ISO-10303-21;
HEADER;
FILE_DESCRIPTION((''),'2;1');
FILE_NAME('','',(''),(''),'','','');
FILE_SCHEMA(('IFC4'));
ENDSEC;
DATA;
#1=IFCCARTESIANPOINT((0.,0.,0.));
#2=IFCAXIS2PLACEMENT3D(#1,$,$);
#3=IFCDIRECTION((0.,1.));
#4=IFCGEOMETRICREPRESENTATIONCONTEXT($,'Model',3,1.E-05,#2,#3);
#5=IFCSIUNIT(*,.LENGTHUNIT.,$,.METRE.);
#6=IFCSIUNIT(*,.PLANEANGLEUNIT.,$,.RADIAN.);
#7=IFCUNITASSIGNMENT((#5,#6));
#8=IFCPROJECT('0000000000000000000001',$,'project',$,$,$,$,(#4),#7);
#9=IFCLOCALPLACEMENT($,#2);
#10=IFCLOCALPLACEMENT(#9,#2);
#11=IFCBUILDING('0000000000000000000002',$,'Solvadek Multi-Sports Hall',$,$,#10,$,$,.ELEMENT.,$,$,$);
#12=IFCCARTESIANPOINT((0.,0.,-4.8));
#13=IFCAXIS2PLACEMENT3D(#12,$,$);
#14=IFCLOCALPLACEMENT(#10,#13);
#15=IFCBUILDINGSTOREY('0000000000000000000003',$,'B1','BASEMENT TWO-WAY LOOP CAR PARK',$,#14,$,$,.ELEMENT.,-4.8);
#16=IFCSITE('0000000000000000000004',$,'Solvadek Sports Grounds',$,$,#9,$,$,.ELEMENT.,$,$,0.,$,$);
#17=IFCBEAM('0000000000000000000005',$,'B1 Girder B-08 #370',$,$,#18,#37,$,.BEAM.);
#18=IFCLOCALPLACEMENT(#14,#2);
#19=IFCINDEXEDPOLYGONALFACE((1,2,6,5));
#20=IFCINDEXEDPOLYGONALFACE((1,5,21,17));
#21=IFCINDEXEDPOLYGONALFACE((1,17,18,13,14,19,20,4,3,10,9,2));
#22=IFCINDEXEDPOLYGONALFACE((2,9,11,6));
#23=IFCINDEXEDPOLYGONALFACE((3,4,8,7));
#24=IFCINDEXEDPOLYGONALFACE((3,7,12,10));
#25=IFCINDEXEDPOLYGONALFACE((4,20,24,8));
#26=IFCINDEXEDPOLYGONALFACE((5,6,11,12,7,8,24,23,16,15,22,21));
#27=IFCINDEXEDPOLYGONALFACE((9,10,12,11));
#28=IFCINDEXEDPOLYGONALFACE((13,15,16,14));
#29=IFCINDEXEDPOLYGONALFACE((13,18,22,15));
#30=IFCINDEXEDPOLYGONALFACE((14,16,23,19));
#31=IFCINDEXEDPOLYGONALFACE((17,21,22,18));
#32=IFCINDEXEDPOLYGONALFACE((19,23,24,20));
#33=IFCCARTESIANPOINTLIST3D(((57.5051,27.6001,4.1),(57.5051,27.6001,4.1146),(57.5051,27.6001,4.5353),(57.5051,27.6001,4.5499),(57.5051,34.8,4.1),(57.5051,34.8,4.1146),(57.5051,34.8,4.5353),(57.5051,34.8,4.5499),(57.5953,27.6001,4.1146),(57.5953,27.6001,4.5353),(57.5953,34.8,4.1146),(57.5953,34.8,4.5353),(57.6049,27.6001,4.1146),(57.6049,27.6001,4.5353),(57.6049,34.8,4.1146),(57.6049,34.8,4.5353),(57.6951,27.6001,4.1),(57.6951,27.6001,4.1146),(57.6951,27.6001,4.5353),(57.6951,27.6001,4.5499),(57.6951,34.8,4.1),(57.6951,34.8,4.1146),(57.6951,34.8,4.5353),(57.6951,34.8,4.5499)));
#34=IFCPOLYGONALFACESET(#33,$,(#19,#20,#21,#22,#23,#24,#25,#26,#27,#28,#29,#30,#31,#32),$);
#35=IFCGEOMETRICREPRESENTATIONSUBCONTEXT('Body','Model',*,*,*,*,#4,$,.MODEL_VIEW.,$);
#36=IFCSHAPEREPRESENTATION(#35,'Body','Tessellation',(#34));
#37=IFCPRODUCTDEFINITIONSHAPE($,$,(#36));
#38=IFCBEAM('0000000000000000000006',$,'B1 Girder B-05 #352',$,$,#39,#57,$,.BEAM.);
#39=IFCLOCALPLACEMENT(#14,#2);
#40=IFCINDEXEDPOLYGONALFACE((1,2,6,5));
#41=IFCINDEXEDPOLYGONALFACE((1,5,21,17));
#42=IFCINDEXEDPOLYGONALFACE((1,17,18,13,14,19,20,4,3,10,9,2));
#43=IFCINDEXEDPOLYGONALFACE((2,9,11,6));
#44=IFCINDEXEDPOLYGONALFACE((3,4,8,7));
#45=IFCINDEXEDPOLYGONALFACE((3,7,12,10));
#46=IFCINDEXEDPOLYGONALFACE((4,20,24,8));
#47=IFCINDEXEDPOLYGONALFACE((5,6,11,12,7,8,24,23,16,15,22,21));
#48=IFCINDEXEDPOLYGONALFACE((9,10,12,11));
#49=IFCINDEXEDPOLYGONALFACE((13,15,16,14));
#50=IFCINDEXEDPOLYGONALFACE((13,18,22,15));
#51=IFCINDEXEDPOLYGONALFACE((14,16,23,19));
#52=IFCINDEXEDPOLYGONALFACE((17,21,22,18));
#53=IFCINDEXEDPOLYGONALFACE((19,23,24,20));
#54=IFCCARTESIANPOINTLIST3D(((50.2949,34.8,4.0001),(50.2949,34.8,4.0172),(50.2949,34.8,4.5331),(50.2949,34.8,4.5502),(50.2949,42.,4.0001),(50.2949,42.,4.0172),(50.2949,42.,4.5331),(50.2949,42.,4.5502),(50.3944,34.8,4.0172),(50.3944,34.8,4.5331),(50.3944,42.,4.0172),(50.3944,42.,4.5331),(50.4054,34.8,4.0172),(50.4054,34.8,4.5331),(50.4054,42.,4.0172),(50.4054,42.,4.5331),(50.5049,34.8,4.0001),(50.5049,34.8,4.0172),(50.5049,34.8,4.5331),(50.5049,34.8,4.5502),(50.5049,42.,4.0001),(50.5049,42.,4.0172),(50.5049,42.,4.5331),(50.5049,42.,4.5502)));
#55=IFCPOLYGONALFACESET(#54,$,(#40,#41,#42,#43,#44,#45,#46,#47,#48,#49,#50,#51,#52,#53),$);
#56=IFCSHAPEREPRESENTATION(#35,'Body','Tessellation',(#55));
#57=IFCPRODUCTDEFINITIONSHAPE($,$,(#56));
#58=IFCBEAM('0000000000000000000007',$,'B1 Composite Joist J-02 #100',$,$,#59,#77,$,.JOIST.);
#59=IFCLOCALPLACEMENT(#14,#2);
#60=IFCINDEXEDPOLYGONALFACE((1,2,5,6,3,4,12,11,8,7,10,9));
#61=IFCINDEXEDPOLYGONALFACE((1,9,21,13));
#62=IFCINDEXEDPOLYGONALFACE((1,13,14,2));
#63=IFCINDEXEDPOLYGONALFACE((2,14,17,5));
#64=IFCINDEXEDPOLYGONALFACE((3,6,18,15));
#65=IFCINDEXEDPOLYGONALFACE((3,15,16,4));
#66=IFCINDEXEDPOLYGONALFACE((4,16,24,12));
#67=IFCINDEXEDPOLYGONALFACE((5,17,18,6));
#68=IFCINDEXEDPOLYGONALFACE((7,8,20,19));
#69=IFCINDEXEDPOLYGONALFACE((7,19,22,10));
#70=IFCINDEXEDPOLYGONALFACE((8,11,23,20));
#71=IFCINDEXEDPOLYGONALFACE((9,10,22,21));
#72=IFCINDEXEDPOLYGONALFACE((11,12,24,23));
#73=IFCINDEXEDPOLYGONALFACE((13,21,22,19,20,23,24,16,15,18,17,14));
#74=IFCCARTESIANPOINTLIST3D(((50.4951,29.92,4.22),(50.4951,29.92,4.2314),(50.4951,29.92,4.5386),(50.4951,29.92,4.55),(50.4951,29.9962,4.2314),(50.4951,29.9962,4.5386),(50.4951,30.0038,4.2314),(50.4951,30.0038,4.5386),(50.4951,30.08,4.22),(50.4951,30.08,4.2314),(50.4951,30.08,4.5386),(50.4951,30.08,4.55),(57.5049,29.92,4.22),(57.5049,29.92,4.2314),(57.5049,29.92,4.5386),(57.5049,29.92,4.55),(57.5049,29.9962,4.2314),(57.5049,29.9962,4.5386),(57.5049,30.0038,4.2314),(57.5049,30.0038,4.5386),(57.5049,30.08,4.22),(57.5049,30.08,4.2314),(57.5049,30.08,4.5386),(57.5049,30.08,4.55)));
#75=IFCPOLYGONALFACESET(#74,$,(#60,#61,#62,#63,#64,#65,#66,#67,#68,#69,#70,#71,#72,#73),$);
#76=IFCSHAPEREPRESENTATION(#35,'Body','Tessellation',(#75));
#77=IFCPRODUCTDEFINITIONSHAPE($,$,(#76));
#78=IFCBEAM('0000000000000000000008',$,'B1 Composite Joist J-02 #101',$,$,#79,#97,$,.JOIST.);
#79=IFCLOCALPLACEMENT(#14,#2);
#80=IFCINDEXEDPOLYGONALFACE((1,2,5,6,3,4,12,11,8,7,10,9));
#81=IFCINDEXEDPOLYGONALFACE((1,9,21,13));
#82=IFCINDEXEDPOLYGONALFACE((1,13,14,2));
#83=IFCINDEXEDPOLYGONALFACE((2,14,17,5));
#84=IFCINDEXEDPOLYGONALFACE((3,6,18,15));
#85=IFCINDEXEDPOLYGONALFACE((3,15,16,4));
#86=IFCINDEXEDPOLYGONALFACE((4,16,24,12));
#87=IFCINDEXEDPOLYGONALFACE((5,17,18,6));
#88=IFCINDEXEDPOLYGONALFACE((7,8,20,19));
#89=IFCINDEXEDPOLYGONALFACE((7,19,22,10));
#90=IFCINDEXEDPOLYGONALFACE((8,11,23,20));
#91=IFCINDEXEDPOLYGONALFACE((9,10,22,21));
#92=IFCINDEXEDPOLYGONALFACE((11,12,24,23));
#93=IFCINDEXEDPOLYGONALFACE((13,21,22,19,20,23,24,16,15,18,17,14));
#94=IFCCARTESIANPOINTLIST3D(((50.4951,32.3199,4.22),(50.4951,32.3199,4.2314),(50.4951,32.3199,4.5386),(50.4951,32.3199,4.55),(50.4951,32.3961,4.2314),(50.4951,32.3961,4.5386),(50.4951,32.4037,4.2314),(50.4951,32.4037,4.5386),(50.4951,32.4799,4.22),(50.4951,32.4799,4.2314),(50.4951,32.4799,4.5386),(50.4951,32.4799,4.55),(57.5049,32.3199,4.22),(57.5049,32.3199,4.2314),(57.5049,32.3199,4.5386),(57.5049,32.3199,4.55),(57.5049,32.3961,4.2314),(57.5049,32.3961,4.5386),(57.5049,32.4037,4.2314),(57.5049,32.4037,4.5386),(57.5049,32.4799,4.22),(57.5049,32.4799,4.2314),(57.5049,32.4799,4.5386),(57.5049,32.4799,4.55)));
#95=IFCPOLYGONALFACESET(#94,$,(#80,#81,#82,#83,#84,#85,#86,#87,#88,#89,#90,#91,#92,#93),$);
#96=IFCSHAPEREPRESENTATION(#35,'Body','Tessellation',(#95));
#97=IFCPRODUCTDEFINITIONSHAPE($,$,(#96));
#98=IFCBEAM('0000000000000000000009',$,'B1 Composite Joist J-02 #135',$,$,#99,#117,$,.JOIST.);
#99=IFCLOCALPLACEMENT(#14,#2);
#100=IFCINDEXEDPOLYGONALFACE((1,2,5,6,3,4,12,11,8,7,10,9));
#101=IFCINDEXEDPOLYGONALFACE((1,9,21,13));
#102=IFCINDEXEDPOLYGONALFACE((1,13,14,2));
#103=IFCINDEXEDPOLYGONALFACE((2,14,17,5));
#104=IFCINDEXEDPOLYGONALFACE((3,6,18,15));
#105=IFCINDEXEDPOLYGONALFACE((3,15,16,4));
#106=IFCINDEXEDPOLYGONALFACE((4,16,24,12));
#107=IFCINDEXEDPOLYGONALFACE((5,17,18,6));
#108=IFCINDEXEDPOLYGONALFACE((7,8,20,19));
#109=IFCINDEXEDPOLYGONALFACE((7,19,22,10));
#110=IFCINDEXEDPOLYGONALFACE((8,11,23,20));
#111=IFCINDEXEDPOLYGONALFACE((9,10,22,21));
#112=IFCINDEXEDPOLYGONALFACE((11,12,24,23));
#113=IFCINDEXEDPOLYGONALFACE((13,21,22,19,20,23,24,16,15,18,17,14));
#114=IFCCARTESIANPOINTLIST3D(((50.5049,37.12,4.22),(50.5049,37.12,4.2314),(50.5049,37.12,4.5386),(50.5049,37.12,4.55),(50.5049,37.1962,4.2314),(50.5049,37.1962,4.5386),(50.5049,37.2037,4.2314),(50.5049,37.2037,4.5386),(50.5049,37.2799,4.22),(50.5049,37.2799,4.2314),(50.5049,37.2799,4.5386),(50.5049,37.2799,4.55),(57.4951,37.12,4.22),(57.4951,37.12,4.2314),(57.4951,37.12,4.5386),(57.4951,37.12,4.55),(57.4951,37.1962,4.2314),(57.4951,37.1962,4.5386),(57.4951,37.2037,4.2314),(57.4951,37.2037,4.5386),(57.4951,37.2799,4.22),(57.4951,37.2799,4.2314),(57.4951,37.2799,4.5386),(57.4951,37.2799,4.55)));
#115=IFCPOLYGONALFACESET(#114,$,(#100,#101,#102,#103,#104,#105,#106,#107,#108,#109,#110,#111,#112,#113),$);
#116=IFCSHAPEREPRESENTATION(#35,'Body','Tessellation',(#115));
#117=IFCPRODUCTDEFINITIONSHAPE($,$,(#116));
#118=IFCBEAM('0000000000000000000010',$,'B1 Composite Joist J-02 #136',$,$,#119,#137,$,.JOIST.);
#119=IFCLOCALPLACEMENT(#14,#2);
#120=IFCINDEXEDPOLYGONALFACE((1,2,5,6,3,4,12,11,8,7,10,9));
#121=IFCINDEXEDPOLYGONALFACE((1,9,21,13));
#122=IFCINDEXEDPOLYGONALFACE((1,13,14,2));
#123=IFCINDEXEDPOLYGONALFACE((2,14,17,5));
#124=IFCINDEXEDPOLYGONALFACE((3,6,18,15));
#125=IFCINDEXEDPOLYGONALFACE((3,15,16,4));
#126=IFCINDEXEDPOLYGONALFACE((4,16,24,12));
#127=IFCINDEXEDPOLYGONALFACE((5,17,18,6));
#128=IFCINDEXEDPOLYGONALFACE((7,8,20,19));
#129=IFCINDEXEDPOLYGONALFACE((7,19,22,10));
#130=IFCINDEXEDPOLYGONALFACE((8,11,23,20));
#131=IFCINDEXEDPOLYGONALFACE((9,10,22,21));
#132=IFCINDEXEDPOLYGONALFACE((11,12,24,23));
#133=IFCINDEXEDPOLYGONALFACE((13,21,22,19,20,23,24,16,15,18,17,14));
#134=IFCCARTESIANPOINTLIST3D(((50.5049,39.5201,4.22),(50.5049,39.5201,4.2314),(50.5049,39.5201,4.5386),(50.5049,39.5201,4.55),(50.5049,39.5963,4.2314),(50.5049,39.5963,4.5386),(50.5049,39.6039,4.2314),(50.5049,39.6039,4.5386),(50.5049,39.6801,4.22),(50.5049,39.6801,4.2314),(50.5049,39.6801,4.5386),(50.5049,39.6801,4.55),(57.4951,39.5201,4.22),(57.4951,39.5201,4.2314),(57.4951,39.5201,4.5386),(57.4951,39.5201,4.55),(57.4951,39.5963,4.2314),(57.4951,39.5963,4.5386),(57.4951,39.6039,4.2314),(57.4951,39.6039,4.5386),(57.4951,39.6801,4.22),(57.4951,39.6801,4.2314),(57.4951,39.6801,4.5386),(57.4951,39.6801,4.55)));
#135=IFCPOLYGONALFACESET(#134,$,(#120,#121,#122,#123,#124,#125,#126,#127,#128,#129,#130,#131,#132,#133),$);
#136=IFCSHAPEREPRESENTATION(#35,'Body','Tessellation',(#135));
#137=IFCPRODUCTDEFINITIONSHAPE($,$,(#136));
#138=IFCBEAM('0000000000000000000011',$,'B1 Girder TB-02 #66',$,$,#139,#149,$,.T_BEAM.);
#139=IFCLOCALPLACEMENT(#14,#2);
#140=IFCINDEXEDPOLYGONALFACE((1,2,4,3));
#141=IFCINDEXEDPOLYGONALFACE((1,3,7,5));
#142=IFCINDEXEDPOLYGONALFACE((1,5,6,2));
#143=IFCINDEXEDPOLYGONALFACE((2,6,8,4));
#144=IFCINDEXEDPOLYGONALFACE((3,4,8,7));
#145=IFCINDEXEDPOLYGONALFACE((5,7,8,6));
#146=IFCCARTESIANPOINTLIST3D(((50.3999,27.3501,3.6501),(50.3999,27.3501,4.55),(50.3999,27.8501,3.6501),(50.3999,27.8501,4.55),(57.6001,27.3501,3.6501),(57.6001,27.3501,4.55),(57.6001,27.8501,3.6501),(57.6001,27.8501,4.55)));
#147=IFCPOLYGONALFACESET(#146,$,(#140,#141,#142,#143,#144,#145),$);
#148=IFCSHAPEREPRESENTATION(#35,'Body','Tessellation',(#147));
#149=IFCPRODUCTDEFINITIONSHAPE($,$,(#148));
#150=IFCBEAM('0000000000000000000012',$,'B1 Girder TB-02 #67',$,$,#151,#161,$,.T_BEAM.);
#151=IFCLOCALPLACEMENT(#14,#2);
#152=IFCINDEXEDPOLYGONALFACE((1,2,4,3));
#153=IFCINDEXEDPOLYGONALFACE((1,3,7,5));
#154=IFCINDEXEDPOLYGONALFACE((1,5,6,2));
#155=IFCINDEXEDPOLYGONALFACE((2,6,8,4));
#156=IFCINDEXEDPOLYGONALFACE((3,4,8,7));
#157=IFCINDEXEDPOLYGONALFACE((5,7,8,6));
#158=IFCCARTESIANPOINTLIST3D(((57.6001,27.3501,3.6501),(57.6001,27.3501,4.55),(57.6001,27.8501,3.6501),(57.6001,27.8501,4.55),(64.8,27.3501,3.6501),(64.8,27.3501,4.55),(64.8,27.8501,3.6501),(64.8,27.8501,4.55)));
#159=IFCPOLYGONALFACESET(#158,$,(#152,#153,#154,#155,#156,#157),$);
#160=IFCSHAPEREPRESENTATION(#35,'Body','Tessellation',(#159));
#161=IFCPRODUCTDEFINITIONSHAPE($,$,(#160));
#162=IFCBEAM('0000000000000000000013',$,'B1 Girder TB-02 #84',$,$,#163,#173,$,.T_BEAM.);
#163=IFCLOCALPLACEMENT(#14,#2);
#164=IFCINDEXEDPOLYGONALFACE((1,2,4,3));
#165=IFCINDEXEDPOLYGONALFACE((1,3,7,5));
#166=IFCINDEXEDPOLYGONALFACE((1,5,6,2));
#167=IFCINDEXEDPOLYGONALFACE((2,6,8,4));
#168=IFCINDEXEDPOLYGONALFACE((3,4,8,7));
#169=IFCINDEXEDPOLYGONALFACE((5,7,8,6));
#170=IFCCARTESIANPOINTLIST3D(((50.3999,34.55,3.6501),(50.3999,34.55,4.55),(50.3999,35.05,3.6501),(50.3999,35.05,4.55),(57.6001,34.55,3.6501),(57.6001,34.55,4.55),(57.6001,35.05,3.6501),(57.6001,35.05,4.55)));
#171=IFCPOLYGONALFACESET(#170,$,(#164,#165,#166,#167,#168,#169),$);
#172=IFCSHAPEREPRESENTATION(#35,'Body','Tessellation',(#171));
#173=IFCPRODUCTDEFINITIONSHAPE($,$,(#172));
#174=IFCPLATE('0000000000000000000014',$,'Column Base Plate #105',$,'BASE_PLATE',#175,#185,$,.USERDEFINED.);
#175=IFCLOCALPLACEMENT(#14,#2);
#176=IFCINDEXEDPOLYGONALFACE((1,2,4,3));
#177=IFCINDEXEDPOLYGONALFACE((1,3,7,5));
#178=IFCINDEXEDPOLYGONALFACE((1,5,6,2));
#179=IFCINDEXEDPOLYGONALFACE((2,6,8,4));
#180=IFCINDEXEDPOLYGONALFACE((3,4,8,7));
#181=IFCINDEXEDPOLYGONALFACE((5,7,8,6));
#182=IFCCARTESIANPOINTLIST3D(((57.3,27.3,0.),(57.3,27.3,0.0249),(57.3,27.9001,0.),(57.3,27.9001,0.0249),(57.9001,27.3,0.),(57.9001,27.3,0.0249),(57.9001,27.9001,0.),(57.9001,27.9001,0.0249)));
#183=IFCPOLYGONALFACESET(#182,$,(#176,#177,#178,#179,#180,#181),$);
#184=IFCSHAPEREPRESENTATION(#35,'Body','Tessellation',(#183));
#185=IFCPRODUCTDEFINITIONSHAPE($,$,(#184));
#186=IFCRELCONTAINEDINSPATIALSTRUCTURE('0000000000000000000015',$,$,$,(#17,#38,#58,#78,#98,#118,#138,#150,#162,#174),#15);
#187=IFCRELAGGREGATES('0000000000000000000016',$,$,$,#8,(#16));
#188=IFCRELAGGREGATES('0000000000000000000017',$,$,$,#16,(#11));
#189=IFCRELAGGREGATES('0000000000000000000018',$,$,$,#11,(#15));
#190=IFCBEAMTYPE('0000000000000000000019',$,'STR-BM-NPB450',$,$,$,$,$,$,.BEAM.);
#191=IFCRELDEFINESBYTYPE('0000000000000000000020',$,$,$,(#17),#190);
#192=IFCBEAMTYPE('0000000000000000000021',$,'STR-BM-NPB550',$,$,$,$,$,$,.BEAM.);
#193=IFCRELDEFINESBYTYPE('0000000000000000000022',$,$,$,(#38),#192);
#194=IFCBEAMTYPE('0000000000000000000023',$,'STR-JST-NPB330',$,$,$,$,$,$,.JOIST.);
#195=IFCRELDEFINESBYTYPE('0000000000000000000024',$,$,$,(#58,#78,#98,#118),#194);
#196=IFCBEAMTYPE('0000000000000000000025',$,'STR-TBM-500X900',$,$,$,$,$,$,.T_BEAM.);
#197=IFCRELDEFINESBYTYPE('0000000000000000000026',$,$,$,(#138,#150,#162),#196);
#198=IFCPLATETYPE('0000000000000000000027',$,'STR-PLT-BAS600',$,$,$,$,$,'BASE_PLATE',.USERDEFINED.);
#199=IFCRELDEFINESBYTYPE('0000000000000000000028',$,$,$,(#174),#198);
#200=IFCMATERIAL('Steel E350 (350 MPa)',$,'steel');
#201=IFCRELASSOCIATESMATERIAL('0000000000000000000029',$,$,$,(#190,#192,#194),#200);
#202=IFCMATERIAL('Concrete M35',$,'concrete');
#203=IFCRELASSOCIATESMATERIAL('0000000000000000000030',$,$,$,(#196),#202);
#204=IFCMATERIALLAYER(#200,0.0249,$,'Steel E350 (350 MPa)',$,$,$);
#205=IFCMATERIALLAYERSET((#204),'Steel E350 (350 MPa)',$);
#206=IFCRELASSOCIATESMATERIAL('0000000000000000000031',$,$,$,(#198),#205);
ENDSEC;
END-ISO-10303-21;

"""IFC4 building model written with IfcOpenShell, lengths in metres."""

from ifc_helpers import new_model, si_unit, direction, frame, origin, origin_2d, place, context, subcontext, project, spatial, rectangle, i_section, extrude, material, layer, layer_set, material_profile, profile_set, type_object, element, save


model = new_model("IFC4")

# Units and contexts
model_context = context("Model", 3, precision=1e-05, world=origin(), true_north=direction((0.0, 1.0)))
body_context = subcontext(model_context, "Body", "Model", "MODEL_VIEW")
ifc_project = project(units=[si_unit("LENGTHUNIT", "METRE"), si_unit("PLANEANGLEUNIT", "RADIAN")], contexts=[model_context])

# Site, building, storey
site_placement = place(None, origin())
site = spatial("IfcSite", under=ifc_project, at=site_placement, Name="Solvadek Sports Grounds", CompositionType="ELEMENT", RefElevation=0.0)
building_placement = place(site_placement, origin())
building = spatial("IfcBuilding", under=site, at=building_placement, Name="Solvadek Multi-Sports Hall", CompositionType="ELEMENT")
storey_placement = place(building_placement, frame((0.0, 0.0, -4.8)))
storey = spatial("IfcBuildingStorey", under=building, at=storey_placement, Name="B1", Description="BASEMENT TWO-WAY LOOP CAR PARK", CompositionType="ELEMENT", Elevation=-4.8)

# Shared definitions
ifc_material_1 = material(Name="Concrete M35", Category="concrete")

# Shared definitions
ifc_material_2 = material(Name="Steel E350 (350 MPa)", Category="steel")

# Beams
ifc_material_profile_1 = material_profile(ifc_material_2, i_section(OverallWidth=0.1899, OverallDepth=0.45, WebThickness=0.0095, FlangeThickness=0.0146, at=origin_2d()), Name="NPB 450")
ifc_profile_set_1 = profile_set([ifc_material_profile_1], Name="Steel E350 (350 MPa)")
beam_type_1 = type_object("IfcBeamType", Name="STR-BM-NPB450", PredefinedType="BEAM", material=ifc_profile_set_1)
for number, where, z_axis, x_axis, name in (
    (1, (57.6001, 27.6001, 4.325), (0.0, 1.0, 0.0), (-1.0, 0.0, 0.0), "B1 Girder B-08 #370"),
):
    element("IfcBeam", number, at=place(storey_placement, frame(where, z_axis=z_axis, x_axis=x_axis)), inside=storey, type_object=beam_type_1, Name=name, PredefinedType="BEAM", context=body_context, shape_type="SweptSolid", body=[
        extrude(i_section(OverallWidth=0.1899, OverallDepth=0.45, WebThickness=0.0095, FlangeThickness=0.0146, at=origin_2d()), origin(), (0.0, 0.0, 1.0), 7.2),
    ])
ifc_material_profile_2 = material_profile(ifc_material_2, i_section(OverallWidth=0.21, OverallDepth=0.55, WebThickness=0.011, FlangeThickness=0.0171, at=origin_2d()), Name="NPB 550")
ifc_profile_set_2 = profile_set([ifc_material_profile_2], Name="Steel E350 (350 MPa)")
beam_type_2 = type_object("IfcBeamType", Name="STR-BM-NPB550", PredefinedType="BEAM", material=ifc_profile_set_2)
beam_1_placement = place(storey_placement, frame((50.3999, 34.8, 4.2751), z_axis=(0.0, 1.0, 0.0), x_axis=(-1.0, 0.0, 0.0)))
element("IfcBeam", 2, at=beam_1_placement, inside=storey, type_object=beam_type_2, Name="B1 Girder B-05 #352", PredefinedType="BEAM", context=body_context, shape_type="SweptSolid", body=[
    extrude(i_section(OverallWidth=0.21, OverallDepth=0.55, WebThickness=0.011, FlangeThickness=0.0171, at=origin_2d()), origin(), (0.0, 0.0, 1.0), 7.2),
])
ifc_material_profile_3 = material_profile(ifc_material_2, i_section(OverallWidth=0.1599, OverallDepth=0.3301, WebThickness=0.0076, FlangeThickness=0.0115, at=origin_2d()), Name="NPB 330")
ifc_profile_set_3 = profile_set([ifc_material_profile_3], Name="Steel E350 (350 MPa)")
beam_type_3 = type_object("IfcBeamType", Name="STR-JST-NPB330", PredefinedType="JOIST", material=ifc_profile_set_3)
for number, where, z_axis, x_axis, name in (
    (3, (50.4951, 30.0, 4.385), (1.0, 0.0, 0.0), (0.0, 1.0, 0.0), "B1 Composite Joist J-02 #100"),
    (4, (50.4951, 32.3999, 4.385), (1.0, 0.0, 0.0), (0.0, 1.0, 0.0), "B1 Composite Joist J-02 #101"),
):
    element("IfcBeam", number, at=place(storey_placement, frame(where, z_axis=z_axis, x_axis=x_axis)), inside=storey, type_object=beam_type_3, Name=name, PredefinedType="JOIST", context=body_context, shape_type="SweptSolid", body=[
        extrude(i_section(OverallWidth=0.1599, OverallDepth=0.3301, WebThickness=0.0076, FlangeThickness=0.0115, at=origin_2d()), origin(), (0.0, 0.0, 1.0), 7.0098),
    ])
for number, where, z_axis, x_axis, name in (
    (5, (50.5049, 37.2, 4.385), (1.0, 0.0, 0.0), (0.0, 1.0, 0.0), "B1 Composite Joist J-02 #135"),
    (6, (50.5049, 39.6001, 4.385), (1.0, 0.0, 0.0), (0.0, 1.0, 0.0), "B1 Composite Joist J-02 #136"),
):
    element("IfcBeam", number, at=place(storey_placement, frame(where, z_axis=z_axis, x_axis=x_axis)), inside=storey, type_object=beam_type_3, Name=name, PredefinedType="JOIST", context=body_context, shape_type="SweptSolid", body=[
        extrude(i_section(OverallWidth=0.1599, OverallDepth=0.3301, WebThickness=0.0076, FlangeThickness=0.0115, at=origin_2d()), origin(), (0.0, 0.0, 1.0), 6.9902),
    ])
ifc_material_profile_4 = material_profile(ifc_material_1, rectangle(XDim=0.5, YDim=0.8999, at=origin_2d()), Name="RC T-BEAM 500x900")
ifc_profile_set_4 = profile_set([ifc_material_profile_4], Name="Concrete M35")
beam_type_4 = type_object("IfcBeamType", Name="STR-TBM-500X900", PredefinedType="T_BEAM", material=ifc_profile_set_4)
beam_2_placement = place(storey_placement, frame((50.3999, 27.6001, 4.1001), z_axis=(1.0, 0.0, 0.0), x_axis=(0.0, 1.0, 0.0)))
element("IfcBeam", 7, at=beam_2_placement, inside=storey, type_object=beam_type_4, Name="B1 Girder TB-02 #66", PredefinedType="T_BEAM", context=body_context, shape_type="SweptSolid", body=[
    extrude(rectangle(XDim=0.5, YDim=0.8999, at=origin_2d()), origin(), (0.0, 0.0, 1.0), 7.2002),
])
beam_3_placement = place(storey_placement, frame((57.6001, 27.6001, 4.1001), z_axis=(1.0, 0.0, 0.0), x_axis=(0.0, 1.0, 0.0)))
element("IfcBeam", 8, at=beam_3_placement, inside=storey, type_object=beam_type_4, Name="B1 Girder TB-02 #67", PredefinedType="T_BEAM", context=body_context, shape_type="SweptSolid", body=[
    extrude(rectangle(XDim=0.5, YDim=0.8999, at=origin_2d()), origin(), (0.0, 0.0, 1.0), 7.2),
])
beam_4_placement = place(storey_placement, frame((50.3999, 34.8, 4.1001), z_axis=(1.0, 0.0, 0.0), x_axis=(0.0, 1.0, 0.0)))
element("IfcBeam", 9, at=beam_4_placement, inside=storey, type_object=beam_type_4, Name="B1 Girder TB-02 #84", PredefinedType="T_BEAM", context=body_context, shape_type="SweptSolid", body=[
    extrude(rectangle(XDim=0.5, YDim=0.8999, at=origin_2d()), origin(), (0.0, 0.0, 1.0), 7.2002),
])

# Plate
ifc_layer = layer(ifc_material_2, 0.0249, Name="Steel E350 (350 MPa)")
ifc_layer_set = layer_set([ifc_layer], Name="Steel E350 (350 MPa)")
plate_type = type_object("IfcPlateType", Name="STR-PLT-BAS600", ElementType="BASE_PLATE", PredefinedType="USERDEFINED", material=ifc_layer_set)
plate_placement = place(storey_placement, frame((57.6001, 27.6001, 0.0), z_axis=(0.0, 0.0, 1.0), x_axis=(1.0, 0.0, 0.0)))
element("IfcPlate", 10, at=plate_placement, inside=storey, type_object=plate_type, Name="Column Base Plate #105", ObjectType="BASE_PLATE", PredefinedType="USERDEFINED", context=body_context, shape_type="SweptSolid", body=[
    extrude(rectangle(XDim=0.6001, YDim=0.6001, at=origin_2d()), origin(), (0.0, 0.0, 1.0), 0.0249),
])

save(model, "model.ifc")
